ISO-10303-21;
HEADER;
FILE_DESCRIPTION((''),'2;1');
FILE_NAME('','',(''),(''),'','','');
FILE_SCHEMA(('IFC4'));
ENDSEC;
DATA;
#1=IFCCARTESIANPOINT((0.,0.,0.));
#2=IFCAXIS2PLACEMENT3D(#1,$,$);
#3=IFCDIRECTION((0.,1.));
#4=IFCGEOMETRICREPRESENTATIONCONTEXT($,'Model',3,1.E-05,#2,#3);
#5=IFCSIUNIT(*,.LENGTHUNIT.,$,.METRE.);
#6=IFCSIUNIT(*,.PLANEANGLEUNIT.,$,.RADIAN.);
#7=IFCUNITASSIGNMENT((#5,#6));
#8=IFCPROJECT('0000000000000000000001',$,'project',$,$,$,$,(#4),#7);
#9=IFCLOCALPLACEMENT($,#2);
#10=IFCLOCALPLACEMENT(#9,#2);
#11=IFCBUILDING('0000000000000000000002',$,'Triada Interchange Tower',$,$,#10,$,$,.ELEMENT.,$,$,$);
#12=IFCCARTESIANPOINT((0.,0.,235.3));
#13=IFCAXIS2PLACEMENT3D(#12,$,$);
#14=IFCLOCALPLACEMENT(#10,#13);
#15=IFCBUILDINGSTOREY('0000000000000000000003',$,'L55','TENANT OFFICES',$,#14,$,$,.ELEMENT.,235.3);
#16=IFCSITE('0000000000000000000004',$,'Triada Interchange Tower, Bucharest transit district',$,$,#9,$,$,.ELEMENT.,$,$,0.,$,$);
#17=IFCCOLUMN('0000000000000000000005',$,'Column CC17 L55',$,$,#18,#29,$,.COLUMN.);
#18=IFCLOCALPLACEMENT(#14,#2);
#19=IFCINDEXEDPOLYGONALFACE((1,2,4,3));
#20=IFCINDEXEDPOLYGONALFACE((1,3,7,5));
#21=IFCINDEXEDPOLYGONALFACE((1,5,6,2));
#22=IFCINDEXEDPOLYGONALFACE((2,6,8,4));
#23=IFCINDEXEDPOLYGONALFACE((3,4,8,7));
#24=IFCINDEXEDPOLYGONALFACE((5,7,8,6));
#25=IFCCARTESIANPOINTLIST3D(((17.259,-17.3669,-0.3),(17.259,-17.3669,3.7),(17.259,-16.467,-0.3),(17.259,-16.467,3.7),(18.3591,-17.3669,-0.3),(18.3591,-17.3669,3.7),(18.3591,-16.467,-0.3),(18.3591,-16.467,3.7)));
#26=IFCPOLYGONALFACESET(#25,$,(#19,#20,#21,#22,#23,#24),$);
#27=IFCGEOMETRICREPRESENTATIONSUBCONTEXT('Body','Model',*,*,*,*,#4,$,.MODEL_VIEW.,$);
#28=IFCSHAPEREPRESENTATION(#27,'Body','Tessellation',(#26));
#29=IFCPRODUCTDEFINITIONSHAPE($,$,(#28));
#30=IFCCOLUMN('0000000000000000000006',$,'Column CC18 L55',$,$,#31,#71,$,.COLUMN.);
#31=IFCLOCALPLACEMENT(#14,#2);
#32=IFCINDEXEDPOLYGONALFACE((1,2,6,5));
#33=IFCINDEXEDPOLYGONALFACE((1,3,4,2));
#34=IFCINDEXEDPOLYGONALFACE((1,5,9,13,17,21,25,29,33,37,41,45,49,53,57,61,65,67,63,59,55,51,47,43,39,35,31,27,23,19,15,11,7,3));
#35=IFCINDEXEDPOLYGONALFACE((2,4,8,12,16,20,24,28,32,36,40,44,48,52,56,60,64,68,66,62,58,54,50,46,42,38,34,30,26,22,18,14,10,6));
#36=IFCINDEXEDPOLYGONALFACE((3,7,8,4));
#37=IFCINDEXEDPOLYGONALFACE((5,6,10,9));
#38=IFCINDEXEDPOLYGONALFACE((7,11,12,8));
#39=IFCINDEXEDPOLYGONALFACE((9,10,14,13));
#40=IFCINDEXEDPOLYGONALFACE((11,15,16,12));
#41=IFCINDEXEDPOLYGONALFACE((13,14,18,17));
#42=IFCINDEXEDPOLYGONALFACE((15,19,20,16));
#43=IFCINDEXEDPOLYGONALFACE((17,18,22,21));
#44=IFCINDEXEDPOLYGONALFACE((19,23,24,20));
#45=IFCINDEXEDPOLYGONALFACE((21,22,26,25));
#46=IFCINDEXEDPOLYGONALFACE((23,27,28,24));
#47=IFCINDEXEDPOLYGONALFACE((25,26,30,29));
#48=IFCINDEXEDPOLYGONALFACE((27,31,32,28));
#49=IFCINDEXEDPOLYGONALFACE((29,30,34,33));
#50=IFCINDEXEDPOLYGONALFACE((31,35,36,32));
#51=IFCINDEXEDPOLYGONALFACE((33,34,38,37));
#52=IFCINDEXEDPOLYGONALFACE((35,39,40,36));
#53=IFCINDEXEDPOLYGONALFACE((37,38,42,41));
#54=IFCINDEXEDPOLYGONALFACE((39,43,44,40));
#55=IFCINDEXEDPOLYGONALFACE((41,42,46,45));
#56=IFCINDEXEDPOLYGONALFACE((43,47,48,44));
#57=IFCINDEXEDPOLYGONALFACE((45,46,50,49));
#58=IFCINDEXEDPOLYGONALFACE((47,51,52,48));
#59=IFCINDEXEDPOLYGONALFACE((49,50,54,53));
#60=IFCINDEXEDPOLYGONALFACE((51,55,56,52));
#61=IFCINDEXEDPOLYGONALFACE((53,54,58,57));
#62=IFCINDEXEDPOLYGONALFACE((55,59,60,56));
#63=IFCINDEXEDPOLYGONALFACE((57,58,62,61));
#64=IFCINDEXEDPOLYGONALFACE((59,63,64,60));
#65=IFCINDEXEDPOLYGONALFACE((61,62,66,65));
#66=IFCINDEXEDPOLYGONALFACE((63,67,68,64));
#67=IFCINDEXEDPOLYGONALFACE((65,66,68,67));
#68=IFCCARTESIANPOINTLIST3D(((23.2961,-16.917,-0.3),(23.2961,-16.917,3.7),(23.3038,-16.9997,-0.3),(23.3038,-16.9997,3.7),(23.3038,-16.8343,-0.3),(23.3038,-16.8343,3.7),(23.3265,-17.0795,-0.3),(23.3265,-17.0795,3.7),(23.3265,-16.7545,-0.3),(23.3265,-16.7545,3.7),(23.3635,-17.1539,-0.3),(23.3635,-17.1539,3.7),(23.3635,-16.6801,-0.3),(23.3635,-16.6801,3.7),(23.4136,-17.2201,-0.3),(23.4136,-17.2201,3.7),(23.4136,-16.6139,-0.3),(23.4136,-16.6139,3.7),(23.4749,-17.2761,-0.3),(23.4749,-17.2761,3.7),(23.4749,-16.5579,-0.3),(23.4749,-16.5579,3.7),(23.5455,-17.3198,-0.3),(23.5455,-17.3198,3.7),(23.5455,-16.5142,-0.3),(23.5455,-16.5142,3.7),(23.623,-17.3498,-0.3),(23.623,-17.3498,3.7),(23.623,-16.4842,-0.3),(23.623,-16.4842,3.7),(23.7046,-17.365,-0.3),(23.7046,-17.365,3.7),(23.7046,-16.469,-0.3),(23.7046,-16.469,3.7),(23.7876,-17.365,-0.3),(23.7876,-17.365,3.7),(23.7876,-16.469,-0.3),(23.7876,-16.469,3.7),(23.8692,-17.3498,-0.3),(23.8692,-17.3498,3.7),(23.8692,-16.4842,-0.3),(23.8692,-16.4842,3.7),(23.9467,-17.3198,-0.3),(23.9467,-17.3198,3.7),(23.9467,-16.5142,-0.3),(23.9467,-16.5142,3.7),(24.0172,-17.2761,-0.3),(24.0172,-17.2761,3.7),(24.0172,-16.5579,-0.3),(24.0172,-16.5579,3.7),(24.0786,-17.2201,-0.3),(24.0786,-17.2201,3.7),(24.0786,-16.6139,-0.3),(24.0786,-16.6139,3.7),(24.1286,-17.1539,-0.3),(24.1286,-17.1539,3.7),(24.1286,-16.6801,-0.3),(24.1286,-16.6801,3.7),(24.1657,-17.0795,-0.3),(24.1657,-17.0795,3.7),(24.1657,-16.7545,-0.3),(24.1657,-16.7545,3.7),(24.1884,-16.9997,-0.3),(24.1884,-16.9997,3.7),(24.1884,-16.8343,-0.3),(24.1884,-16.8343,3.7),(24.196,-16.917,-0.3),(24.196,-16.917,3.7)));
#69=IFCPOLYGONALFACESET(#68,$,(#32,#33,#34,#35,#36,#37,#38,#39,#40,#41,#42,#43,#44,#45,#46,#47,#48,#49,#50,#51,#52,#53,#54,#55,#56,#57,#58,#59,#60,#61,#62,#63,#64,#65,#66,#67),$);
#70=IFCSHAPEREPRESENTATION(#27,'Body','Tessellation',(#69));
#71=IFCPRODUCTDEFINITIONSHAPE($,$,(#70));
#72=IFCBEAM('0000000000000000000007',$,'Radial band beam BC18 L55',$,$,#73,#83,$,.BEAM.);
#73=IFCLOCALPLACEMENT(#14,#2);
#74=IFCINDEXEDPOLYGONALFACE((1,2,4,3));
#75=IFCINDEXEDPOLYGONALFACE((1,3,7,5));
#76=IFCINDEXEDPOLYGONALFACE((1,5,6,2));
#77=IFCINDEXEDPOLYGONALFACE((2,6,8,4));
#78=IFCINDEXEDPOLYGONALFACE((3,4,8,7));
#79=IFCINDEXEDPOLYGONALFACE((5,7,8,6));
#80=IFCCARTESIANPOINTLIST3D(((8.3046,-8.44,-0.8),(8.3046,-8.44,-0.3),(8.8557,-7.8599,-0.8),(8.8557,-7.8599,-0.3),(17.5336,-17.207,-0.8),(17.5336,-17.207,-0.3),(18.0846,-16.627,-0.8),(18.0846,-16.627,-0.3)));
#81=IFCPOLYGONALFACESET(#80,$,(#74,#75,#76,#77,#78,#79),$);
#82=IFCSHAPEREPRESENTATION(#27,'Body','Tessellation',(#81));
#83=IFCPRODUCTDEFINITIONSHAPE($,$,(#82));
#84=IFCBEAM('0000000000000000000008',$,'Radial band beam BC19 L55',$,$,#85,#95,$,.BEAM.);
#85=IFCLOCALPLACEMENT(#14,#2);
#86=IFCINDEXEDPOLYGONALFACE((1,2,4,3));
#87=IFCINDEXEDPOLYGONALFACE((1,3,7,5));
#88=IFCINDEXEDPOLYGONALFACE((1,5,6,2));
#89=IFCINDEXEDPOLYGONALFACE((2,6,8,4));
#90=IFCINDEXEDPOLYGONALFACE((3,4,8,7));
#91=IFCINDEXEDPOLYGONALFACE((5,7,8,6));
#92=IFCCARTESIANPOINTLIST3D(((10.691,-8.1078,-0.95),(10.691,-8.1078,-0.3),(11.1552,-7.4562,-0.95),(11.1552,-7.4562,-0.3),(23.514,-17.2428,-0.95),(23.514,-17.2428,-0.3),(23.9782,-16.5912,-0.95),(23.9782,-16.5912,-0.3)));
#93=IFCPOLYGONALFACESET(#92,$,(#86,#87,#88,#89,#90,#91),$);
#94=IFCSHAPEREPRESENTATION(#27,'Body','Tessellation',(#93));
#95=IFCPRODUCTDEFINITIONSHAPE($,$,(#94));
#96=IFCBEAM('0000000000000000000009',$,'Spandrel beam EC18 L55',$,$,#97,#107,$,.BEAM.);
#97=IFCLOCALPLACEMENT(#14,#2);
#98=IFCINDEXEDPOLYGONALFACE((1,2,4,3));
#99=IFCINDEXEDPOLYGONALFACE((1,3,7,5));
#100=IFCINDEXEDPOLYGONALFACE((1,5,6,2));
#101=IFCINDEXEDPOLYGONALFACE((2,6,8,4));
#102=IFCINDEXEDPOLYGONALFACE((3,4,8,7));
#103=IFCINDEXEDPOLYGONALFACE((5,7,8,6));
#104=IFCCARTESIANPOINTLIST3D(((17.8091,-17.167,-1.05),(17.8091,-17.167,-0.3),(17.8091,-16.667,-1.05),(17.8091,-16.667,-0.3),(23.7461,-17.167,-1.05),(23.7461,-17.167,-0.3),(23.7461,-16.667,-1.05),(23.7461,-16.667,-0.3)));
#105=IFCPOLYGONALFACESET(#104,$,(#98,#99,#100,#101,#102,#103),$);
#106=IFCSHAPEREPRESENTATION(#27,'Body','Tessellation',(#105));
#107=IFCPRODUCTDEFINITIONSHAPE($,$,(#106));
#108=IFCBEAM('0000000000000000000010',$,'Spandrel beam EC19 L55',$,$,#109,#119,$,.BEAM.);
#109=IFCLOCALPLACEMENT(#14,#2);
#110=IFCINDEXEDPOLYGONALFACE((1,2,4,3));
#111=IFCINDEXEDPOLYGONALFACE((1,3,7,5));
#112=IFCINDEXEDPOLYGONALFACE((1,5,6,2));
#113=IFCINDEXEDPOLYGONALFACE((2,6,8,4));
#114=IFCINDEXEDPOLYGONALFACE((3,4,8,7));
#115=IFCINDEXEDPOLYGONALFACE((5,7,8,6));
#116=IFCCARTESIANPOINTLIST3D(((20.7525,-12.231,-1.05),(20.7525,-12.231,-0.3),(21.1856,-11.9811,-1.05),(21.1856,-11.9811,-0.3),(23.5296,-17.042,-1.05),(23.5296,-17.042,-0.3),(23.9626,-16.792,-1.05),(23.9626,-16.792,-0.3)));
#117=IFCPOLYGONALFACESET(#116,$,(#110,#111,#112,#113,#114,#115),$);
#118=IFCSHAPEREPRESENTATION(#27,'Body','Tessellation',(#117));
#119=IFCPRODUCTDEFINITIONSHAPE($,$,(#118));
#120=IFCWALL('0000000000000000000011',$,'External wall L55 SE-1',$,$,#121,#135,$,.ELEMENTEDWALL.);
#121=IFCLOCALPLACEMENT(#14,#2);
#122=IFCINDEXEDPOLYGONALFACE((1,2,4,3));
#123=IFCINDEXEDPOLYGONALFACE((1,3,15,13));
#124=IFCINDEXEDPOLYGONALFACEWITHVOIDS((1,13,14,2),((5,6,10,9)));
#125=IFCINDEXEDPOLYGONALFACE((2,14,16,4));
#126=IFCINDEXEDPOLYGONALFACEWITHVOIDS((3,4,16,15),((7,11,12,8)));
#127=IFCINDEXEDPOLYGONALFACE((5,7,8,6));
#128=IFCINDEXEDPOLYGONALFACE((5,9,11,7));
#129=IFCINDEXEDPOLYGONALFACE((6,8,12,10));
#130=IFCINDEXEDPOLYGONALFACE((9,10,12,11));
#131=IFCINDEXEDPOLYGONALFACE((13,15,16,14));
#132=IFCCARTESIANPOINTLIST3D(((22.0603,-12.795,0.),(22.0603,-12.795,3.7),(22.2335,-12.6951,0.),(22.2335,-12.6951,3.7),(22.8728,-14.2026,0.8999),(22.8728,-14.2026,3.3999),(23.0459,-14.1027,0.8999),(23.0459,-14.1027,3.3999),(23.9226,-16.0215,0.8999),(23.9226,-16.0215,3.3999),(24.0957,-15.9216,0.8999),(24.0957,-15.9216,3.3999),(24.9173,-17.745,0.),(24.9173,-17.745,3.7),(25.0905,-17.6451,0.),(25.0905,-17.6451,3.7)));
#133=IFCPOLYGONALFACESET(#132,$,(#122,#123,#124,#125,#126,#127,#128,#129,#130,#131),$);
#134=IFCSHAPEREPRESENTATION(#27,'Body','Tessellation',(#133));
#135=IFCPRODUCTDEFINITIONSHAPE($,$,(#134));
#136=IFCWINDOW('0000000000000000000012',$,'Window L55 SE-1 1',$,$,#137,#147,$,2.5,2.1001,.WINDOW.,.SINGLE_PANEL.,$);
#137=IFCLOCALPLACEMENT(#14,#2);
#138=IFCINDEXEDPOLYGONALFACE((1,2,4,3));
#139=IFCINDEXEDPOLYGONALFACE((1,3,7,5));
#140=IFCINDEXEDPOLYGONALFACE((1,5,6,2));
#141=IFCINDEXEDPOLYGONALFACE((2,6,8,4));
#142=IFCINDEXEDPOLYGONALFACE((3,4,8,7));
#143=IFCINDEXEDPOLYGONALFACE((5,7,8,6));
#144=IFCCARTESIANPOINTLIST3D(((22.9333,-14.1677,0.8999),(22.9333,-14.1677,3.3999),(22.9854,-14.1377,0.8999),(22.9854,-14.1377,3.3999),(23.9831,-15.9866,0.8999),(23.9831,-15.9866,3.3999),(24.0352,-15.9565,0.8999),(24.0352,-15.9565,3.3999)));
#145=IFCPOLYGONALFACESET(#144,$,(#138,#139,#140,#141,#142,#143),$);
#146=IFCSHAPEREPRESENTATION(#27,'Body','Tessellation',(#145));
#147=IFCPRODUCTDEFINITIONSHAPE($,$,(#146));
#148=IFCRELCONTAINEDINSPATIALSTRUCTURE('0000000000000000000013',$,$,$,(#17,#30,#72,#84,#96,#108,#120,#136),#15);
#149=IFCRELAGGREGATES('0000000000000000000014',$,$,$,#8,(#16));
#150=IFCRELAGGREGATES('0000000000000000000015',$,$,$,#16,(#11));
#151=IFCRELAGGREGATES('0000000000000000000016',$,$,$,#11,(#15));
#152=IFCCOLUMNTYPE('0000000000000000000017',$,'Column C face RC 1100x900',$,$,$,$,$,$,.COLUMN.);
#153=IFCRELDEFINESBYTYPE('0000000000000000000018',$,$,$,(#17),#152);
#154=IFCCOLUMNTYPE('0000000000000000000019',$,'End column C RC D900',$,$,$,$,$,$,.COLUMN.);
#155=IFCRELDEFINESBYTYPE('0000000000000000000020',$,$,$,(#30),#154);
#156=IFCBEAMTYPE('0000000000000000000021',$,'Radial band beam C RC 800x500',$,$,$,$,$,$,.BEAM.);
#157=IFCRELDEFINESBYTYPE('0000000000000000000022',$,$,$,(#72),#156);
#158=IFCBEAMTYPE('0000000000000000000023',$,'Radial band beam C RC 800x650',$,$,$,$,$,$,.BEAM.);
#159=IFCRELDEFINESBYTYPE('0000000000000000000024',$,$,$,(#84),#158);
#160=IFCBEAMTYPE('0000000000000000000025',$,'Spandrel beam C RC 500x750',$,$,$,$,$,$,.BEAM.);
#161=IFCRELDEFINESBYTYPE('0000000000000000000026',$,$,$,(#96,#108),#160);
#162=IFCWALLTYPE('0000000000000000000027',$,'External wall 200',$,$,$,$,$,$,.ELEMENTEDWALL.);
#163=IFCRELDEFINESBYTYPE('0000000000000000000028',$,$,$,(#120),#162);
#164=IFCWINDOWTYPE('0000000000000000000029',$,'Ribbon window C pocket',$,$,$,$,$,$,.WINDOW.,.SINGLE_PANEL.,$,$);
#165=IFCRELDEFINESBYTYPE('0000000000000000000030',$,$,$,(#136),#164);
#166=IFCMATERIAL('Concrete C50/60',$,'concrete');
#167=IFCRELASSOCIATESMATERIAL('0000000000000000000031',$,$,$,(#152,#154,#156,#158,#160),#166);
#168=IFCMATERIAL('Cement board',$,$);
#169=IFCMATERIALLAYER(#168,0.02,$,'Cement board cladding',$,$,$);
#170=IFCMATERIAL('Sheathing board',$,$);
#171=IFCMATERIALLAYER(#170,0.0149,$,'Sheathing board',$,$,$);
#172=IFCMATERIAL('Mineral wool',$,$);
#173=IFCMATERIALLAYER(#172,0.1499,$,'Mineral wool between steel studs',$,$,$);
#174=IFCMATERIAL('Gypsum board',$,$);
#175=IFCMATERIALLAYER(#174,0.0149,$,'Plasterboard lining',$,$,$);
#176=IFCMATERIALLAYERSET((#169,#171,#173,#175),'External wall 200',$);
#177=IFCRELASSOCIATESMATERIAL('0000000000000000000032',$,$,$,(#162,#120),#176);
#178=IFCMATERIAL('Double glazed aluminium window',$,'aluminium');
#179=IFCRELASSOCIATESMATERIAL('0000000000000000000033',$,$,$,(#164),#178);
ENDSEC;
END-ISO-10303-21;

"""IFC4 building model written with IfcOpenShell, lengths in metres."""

from ifc_helpers import new_model, si_unit, direction, frame, frame_2d, origin, origin_2d, place, context, subcontext, project, spatial, rectangle, circle, extrude, material, layer, layer_set, layer_usage, material_profile, profile_set, type_object, element, fill, save


model = new_model("IFC4")

# Units and contexts
model_context = context("Model", 3, precision=1e-05, world=origin(), true_north=direction((0.0, 1.0)))
body_context = subcontext(model_context, "Body", "Model", "MODEL_VIEW")
ifc_project = project(units=[si_unit("LENGTHUNIT", "METRE"), si_unit("PLANEANGLEUNIT", "RADIAN")], contexts=[model_context])

# Site, building, storey
site_placement = place(None, origin())
site = spatial("IfcSite", under=ifc_project, at=site_placement, Name="Triada Interchange Tower, Bucharest transit district", CompositionType="ELEMENT", RefElevation=0.0)
building_placement = place(site_placement, origin())
building = spatial("IfcBuilding", under=site, at=building_placement, Name="Triada Interchange Tower", CompositionType="ELEMENT")
storey_placement = place(building_placement, frame((0.0, 0.0, 235.3)))
storey = spatial("IfcBuildingStorey", under=building, at=storey_placement, Name="L55", Description="TENANT OFFICES", CompositionType="ELEMENT", Elevation=235.3)

# Columns
ifc_material_1 = material(Name="Concrete C50/60", Category="concrete")
ifc_material_profile_1 = material_profile(ifc_material_1, rectangle(XDim=1.1001, YDim=0.8999, at=origin_2d()), Name="RC 1100x900")
ifc_profile_set_1 = profile_set([ifc_material_profile_1], Name="Concrete C50/60")
column_type_1 = type_object("IfcColumnType", Name="Column C face RC 1100x900", PredefinedType="COLUMN", material=ifc_profile_set_1)
column_1_placement = place(storey_placement, frame((17.8091, -16.917, -0.3), z_axis=(0.0, 0.0, 1.0), x_axis=(1.0, 0.0, 0.0)))
element("IfcColumn", 1, at=column_1_placement, inside=storey, type_object=column_type_1, Name="Column CC17 L55", PredefinedType="COLUMN", context=body_context, shape_type="SweptSolid", body=[
    extrude(rectangle(XDim=1.1001, YDim=0.8999, at=origin_2d()), origin(), (0.0, 0.0, 1.0), 4.0),
])
ifc_material_profile_2 = material_profile(ifc_material_1, circle(Radius=0.45, at=origin_2d()), Name="RC D900")
ifc_profile_set_2 = profile_set([ifc_material_profile_2], Name="Concrete C50/60")
column_type_2 = type_object("IfcColumnType", Name="End column C RC D900", PredefinedType="COLUMN", material=ifc_profile_set_2)
column_2_placement = place(storey_placement, frame((23.7461, -16.917, -0.3), z_axis=(0.0, 0.0, 1.0), x_axis=(1.0, 0.0, 0.0)))
element("IfcColumn", 2, at=column_2_placement, inside=storey, type_object=column_type_2, Name="Column CC18 L55", PredefinedType="COLUMN", context=body_context, shape_type="SweptSolid", body=[
    extrude(circle(Radius=0.45, at=origin_2d()), origin(), (0.0, 0.0, 1.0), 4.0),
])

# Beams
ifc_material_profile_3 = material_profile(ifc_material_1, rectangle(XDim=0.8, YDim=0.5, at=origin_2d()), Name="RC 800x500")
ifc_profile_set_3 = profile_set([ifc_material_profile_3], Name="Concrete C50/60")
beam_type_1 = type_object("IfcBeamType", Name="Radial band beam C RC 800x500", PredefinedType="BEAM", material=ifc_profile_set_3)
beam_1_placement = place(storey_placement, frame((17.8091, -16.917, -0.55), z_axis=(-0.725018, 0.68873, 0.0), x_axis=(-0.68873, -0.725018, 0.0)))
element("IfcBeam", 3, at=beam_1_placement, inside=storey, type_object=beam_type_1, Name="Radial band beam BC18 L55", PredefinedType="BEAM", context=body_context, shape_type="SweptSolid", body=[
    extrude(rectangle(XDim=0.8, YDim=0.5, at=origin_2d()), origin(), (0.0, 0.0, 1.0), 12.7292),
])
ifc_material_profile_4 = material_profile(ifc_material_1, rectangle(XDim=0.8, YDim=0.6499, at=origin_2d()), Name="RC 800x650")
ifc_profile_set_4 = profile_set([ifc_material_profile_4], Name="Concrete C50/60")
beam_type_2 = type_object("IfcBeamType", Name="Radial band beam C RC 800x650", PredefinedType="BEAM", material=ifc_profile_set_4)
beam_2_placement = place(storey_placement, frame((23.7461, -16.917, -0.625), z_axis=(-0.814462, 0.580217, 0.0), x_axis=(-0.580217, -0.814462, 0.0)))
element("IfcBeam", 4, at=beam_2_placement, inside=storey, type_object=beam_type_2, Name="Radial band beam BC19 L55", PredefinedType="BEAM", context=body_context, shape_type="SweptSolid", body=[
    extrude(rectangle(XDim=0.8, YDim=0.6499, at=origin_2d()), origin(), (0.0, 0.0, 1.0), 15.7441),
])
ifc_material_profile_5 = material_profile(ifc_material_1, rectangle(XDim=0.5, YDim=0.75, at=origin_2d()), Name="RC 500x750")
ifc_profile_set_5 = profile_set([ifc_material_profile_5], Name="Concrete C50/60")
beam_type_3 = type_object("IfcBeamType", Name="Spandrel beam C RC 500x750", PredefinedType="BEAM", material=ifc_profile_set_5)
beam_3_placement = place(storey_placement, frame((17.8091, -16.917, -0.675), z_axis=(1.0, 0.0, 0.0), x_axis=(0.0, 1.0, 0.0)))
element("IfcBeam", 5, at=beam_3_placement, inside=storey, type_object=beam_type_3, Name="Spandrel beam EC18 L55", PredefinedType="BEAM", context=body_context, shape_type="SweptSolid", body=[
    extrude(rectangle(XDim=0.5, YDim=0.75, at=origin_2d()), origin(), (0.0, 0.0, 1.0), 5.937),
])
beam_4_placement = place(storey_placement, frame((23.7461, -16.917, -0.675), z_axis=(-0.499925, 0.866068, 0.0), x_axis=(-0.866068, -0.499925, 0.0)))
element("IfcBeam", 6, at=beam_4_placement, inside=storey, type_object=beam_type_3, Name="Spandrel beam EC19 L55", PredefinedType="BEAM", context=body_context, shape_type="SweptSolid", body=[
    extrude(rectangle(XDim=0.5, YDim=0.75, at=origin_2d()), origin(), (0.0, 0.0, 1.0), 5.5549),
])

# Wall, opening, window
ifc_material_2 = material(Name="Cement board")
ifc_layer_1 = layer(ifc_material_2, 0.02, Name="Cement board cladding")
ifc_material_3 = material(Name="Sheathing board")
ifc_layer_2 = layer(ifc_material_3, 0.0149, Name="Sheathing board")
ifc_material_4 = material(Name="Mineral wool")
ifc_layer_3 = layer(ifc_material_4, 0.1499, Name="Mineral wool between steel studs")
ifc_material_5 = material(Name="Gypsum board")
ifc_layer_4 = layer(ifc_material_5, 0.0149, Name="Plasterboard lining")
ifc_layer_set_1 = layer_set([ifc_layer_1, ifc_layer_2, ifc_layer_3, ifc_layer_4], Name="External wall 200")
ifc_layer_usage = layer_usage(ifc_layer_set_1, "AXIS2", "POSITIVE", -0.1001)
wall_type_1 = type_object("IfcWallType", Name="External wall 200", PredefinedType="ELEMENTEDWALL", material=ifc_layer_set_1)
wall_1_placement = place(storey_placement, frame((25.0039, -17.6951, 0.0), z_axis=(0.0, 0.0, 1.0), x_axis=(-0.499879, 0.866095, 0.0)))
wall_1 = element("IfcWall", 7, at=wall_1_placement, inside=storey, type_object=wall_type_1, material=ifc_layer_usage, Name="External wall L55 SE-1", PredefinedType="ELEMENTEDWALL", context=body_context, shape_type="SweptSolid", body=[
    extrude(rectangle(XDim=5.7153, YDim=0.2, at=frame_2d((2.8577, 0.0))), origin(), (0.0, 0.0, 1.0), 3.7),
])
opening_1_placement = place(wall_1_placement, frame((1.99, 0.0, 0.8999)))
opening_1 = element("IfcOpeningElement", 8, at=opening_1_placement, cuts=wall_1, PredefinedType="OPENING", context=body_context, shape_type="SweptSolid", body=[
    extrude(rectangle(XDim=2.1001, YDim=2.5, at=frame_2d((1.05, 1.25))), frame((0.0, 0.1099, 0.0), z_axis=(0.0, -1.0, 0.0), x_axis=(1.0, 0.0, 0.0)), (0.0, 0.0, 1.0), 0.22),
])
ifc_material_6 = material(Name="Double glazed aluminium window", Category="aluminium")
window_type_1 = type_object("IfcWindowType", Name="Ribbon window C pocket", PartitioningType="SINGLE_PANEL", PredefinedType="WINDOW", material=ifc_material_6)
window_1_placement = place(opening_1_placement, origin())
window_1 = element("IfcWindow", 9, at=window_1_placement, inside=storey, type_object=window_type_1, Name="Window L55 SE-1 1", OverallHeight=2.5, OverallWidth=2.1001, PartitioningType="SINGLE_PANEL", PredefinedType="WINDOW", context=body_context, shape_type="SweptSolid", body=[
    extrude(rectangle(XDim=2.1001, YDim=2.5, at=frame_2d((1.05, 1.25))), frame((0.0, 0.03, 0.0), z_axis=(0.0, -1.0, 0.0), x_axis=(1.0, 0.0, 0.0)), (0.0, 0.0, 1.0), 0.0601),
])
fill(opening_1, window_1)

save(model, "model.ifc")
